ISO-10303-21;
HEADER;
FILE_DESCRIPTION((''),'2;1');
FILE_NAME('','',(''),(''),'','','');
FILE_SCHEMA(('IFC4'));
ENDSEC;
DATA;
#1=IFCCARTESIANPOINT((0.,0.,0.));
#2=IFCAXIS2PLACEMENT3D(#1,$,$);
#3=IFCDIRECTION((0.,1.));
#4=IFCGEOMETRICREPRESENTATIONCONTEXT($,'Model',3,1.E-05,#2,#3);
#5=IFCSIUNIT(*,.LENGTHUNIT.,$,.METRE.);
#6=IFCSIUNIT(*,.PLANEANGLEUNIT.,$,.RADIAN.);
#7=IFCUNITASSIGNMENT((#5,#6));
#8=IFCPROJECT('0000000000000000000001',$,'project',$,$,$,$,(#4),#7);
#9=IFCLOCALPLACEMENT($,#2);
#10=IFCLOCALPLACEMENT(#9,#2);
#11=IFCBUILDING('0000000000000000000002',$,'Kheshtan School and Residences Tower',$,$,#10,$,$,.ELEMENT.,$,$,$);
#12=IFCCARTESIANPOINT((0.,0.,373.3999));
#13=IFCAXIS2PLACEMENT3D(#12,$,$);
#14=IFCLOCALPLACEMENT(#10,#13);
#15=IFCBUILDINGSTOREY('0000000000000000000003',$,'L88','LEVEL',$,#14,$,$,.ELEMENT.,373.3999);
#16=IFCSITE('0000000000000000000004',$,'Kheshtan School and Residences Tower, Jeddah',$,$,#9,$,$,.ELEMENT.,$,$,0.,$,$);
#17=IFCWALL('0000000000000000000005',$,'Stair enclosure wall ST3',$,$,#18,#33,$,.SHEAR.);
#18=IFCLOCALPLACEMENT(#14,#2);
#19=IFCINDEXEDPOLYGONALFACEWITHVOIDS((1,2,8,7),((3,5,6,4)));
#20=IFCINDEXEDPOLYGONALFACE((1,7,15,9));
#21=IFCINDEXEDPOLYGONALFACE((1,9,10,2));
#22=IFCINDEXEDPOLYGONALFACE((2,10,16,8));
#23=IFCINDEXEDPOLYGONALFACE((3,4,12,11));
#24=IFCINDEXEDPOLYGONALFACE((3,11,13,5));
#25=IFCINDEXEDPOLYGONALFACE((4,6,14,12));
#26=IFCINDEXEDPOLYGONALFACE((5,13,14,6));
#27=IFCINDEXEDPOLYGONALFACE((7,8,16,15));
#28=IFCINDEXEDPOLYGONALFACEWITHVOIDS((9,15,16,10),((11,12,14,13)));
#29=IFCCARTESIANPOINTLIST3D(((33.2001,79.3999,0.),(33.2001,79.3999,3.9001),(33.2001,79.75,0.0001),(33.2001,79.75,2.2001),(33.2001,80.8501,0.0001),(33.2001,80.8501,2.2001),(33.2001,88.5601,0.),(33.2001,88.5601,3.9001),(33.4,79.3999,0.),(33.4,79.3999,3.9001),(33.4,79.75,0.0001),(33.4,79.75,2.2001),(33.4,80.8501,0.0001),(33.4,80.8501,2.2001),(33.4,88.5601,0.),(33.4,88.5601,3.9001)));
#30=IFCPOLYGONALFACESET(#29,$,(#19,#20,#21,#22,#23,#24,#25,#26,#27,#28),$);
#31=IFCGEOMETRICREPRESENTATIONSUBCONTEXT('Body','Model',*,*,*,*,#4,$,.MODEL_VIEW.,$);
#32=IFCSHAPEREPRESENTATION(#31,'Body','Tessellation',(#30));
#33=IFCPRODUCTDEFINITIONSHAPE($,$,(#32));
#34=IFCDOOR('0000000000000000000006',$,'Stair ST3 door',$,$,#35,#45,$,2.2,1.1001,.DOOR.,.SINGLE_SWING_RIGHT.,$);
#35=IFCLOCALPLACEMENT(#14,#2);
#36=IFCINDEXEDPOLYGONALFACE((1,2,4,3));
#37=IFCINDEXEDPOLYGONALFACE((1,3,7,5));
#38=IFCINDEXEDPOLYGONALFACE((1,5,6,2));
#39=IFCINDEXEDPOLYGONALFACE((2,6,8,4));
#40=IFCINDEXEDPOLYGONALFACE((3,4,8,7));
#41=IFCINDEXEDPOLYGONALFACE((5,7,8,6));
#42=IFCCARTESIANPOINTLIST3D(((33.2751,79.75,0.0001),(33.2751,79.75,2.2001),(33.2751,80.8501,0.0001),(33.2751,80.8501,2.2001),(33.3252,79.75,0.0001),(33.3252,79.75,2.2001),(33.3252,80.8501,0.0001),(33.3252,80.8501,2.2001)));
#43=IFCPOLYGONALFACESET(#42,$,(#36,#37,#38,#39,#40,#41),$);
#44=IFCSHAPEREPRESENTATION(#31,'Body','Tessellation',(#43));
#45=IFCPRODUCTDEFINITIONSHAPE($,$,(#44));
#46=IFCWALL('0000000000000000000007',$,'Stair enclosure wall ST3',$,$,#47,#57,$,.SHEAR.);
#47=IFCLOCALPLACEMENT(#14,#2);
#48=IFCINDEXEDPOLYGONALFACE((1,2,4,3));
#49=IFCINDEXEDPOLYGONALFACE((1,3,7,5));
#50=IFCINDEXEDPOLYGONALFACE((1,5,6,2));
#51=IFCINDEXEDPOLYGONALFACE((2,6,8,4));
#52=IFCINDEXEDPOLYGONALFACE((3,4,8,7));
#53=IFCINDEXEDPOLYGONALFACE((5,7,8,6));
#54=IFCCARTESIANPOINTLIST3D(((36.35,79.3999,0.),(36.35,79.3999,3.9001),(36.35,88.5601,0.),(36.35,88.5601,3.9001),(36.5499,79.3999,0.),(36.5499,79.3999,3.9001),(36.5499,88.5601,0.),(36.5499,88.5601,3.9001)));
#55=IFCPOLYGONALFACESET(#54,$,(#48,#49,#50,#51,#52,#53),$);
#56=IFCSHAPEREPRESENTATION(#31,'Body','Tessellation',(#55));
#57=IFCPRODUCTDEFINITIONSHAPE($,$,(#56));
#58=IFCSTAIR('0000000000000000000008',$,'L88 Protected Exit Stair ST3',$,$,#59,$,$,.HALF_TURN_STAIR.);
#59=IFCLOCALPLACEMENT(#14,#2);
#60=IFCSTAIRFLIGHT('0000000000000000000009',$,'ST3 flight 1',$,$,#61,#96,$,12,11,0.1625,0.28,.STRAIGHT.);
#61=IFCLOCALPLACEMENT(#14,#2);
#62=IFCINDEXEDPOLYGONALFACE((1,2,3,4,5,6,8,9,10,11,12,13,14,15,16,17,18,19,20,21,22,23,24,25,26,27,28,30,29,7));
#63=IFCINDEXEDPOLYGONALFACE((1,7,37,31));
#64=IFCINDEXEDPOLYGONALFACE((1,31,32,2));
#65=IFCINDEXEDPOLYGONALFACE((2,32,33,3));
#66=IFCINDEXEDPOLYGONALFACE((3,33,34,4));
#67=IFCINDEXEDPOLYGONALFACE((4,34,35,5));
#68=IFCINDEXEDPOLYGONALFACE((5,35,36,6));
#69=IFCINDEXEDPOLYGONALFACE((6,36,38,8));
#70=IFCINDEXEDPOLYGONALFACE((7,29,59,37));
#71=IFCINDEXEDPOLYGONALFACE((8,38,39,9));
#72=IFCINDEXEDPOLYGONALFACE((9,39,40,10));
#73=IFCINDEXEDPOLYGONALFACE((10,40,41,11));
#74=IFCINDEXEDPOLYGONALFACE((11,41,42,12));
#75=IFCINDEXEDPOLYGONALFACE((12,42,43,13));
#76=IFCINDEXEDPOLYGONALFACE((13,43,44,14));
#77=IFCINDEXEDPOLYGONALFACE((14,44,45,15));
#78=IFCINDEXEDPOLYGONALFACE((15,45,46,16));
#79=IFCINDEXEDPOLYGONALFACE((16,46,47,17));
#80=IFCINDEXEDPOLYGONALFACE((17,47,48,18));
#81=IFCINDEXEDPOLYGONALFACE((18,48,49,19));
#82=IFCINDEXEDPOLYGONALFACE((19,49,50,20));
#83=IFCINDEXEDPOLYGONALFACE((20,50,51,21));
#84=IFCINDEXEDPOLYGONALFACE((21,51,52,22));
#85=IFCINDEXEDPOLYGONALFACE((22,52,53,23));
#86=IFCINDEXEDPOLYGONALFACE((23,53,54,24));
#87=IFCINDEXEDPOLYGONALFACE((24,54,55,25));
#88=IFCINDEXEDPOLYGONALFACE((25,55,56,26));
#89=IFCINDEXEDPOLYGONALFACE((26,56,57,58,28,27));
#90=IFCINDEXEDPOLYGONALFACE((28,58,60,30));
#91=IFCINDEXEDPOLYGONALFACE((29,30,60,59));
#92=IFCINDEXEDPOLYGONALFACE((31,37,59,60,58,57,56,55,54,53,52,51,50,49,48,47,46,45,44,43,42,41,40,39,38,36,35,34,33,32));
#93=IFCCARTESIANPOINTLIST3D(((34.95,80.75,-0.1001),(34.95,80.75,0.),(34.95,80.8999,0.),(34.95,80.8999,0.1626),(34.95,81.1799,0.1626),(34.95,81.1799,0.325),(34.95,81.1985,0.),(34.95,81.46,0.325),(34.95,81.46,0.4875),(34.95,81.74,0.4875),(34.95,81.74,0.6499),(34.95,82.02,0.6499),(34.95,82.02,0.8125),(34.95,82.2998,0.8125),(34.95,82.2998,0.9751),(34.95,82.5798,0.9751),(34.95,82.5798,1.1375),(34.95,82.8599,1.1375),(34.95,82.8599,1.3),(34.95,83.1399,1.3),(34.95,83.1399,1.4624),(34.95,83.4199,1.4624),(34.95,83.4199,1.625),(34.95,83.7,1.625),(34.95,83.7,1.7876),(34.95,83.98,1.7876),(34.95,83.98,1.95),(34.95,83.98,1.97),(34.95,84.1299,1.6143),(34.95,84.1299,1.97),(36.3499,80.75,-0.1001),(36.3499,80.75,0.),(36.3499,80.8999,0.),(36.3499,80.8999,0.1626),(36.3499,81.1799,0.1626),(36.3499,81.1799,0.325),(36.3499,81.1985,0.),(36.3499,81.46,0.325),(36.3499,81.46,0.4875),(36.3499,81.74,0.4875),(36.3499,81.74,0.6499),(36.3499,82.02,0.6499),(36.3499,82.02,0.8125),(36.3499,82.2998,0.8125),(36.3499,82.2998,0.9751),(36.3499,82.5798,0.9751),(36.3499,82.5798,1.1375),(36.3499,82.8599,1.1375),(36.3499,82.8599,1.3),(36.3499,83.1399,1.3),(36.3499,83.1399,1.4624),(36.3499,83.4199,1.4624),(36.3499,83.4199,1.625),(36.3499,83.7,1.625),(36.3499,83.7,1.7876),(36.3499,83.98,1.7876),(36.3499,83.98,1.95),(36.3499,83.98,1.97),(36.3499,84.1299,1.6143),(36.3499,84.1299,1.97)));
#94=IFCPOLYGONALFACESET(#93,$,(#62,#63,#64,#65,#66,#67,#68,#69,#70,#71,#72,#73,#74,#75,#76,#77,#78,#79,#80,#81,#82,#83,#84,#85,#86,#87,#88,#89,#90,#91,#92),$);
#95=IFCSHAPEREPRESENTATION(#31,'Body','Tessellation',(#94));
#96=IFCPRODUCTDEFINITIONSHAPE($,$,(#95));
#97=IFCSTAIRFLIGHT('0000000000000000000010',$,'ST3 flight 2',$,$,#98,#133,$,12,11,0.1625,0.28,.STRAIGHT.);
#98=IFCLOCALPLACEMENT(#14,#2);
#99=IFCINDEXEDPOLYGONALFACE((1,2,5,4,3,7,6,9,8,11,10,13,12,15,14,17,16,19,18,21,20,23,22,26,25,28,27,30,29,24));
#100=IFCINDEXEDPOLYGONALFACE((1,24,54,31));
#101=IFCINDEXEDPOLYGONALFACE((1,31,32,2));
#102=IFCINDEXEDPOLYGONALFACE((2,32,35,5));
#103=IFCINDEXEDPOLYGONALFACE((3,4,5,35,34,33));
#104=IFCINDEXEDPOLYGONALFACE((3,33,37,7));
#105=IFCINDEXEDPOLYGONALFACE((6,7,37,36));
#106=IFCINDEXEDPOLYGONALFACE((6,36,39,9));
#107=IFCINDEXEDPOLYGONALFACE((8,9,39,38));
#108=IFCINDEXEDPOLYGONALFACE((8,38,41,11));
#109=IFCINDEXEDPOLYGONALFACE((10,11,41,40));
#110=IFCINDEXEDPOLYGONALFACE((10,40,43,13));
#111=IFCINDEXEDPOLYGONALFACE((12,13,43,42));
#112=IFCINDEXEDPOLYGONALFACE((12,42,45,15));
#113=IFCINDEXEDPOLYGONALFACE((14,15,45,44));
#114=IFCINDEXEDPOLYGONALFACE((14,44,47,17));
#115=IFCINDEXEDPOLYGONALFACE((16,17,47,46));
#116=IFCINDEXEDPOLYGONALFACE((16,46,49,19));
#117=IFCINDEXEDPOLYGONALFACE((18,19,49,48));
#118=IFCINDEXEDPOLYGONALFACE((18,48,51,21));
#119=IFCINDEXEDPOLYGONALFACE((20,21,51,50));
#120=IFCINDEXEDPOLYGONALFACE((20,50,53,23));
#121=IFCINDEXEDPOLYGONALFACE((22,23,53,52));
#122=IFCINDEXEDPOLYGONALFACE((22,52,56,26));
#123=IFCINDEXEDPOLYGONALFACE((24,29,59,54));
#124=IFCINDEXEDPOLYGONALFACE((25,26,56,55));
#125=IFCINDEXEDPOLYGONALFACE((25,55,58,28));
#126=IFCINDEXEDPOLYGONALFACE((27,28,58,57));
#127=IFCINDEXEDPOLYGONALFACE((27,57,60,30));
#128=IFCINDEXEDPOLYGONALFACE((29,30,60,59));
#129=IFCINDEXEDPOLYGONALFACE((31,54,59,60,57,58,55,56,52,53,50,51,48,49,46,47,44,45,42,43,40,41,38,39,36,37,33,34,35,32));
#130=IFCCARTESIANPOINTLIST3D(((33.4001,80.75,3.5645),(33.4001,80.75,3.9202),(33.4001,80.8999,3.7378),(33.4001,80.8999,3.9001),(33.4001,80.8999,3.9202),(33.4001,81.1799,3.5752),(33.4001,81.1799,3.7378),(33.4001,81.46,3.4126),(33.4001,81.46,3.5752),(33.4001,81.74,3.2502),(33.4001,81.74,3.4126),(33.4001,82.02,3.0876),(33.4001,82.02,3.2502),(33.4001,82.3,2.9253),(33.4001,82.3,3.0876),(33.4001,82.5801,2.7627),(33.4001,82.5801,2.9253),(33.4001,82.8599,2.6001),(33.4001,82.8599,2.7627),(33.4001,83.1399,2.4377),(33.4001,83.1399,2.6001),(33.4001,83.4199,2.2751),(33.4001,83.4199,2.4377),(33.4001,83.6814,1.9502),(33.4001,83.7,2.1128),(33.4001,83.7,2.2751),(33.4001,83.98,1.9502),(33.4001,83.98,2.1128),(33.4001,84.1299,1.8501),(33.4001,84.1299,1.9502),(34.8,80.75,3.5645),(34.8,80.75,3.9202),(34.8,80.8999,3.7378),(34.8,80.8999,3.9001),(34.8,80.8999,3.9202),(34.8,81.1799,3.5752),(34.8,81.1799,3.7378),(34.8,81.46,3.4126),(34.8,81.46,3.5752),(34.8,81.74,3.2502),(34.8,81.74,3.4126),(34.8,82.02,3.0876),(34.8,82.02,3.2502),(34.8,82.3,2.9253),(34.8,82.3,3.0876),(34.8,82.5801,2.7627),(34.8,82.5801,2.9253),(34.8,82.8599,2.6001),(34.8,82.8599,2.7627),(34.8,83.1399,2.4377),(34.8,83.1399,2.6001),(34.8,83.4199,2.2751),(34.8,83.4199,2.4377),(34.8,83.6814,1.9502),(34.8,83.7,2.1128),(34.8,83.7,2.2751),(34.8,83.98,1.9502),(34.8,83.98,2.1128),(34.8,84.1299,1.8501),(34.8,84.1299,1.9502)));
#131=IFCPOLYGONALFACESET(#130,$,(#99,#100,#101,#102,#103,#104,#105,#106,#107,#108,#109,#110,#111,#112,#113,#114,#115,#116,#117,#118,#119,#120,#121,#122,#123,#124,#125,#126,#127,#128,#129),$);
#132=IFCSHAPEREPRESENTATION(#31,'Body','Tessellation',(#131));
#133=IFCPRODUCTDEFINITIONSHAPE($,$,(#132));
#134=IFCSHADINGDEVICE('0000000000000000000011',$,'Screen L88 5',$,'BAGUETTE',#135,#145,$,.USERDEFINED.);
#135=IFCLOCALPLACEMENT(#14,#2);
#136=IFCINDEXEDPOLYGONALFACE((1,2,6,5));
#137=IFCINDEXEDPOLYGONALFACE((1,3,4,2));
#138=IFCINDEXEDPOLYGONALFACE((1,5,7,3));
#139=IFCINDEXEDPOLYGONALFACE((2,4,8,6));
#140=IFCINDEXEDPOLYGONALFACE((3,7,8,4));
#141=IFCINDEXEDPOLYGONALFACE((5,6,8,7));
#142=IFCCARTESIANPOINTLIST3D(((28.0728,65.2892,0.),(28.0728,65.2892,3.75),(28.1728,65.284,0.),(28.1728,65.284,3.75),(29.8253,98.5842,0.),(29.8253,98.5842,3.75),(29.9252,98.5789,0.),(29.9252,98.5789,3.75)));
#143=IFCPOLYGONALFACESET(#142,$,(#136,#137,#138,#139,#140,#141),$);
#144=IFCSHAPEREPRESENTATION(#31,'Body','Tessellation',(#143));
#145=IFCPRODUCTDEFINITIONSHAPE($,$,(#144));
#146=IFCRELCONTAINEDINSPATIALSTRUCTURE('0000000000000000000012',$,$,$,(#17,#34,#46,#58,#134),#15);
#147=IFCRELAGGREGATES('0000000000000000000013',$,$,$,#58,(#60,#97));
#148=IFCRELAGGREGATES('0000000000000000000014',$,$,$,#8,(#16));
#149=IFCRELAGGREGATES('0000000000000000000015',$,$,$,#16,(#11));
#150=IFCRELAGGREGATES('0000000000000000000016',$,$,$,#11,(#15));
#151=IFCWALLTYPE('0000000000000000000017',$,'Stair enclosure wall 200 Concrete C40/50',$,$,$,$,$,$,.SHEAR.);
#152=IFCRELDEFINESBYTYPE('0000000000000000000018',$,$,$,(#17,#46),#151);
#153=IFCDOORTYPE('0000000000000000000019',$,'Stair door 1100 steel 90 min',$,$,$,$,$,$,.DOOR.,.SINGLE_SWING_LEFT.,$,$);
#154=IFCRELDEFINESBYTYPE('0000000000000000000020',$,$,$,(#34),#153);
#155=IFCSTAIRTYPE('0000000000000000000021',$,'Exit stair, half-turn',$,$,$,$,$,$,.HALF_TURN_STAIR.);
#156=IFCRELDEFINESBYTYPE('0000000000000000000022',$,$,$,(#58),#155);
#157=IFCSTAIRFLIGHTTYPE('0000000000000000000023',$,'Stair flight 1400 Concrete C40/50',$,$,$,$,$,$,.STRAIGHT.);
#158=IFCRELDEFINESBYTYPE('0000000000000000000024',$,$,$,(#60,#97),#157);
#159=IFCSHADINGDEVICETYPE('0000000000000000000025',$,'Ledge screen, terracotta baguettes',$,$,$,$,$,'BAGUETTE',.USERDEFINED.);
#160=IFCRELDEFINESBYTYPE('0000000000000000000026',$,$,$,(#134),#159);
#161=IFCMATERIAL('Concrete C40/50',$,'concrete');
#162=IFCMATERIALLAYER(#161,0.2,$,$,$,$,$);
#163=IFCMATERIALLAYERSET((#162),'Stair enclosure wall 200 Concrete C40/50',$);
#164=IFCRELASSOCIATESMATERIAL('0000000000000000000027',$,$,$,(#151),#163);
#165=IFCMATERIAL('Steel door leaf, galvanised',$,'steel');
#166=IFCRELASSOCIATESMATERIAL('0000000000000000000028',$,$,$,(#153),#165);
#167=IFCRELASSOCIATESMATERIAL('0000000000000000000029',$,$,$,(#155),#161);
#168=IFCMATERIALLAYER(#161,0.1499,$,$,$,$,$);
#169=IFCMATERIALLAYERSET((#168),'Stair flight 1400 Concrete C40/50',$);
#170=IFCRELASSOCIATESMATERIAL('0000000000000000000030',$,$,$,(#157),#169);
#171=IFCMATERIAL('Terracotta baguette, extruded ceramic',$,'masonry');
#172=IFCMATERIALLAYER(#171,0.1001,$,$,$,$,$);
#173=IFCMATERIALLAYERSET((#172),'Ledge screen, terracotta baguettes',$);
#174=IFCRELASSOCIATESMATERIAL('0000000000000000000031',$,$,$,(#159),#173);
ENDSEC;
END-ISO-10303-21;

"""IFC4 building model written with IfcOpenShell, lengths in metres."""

from ifc_helpers import new_model, si_unit, direction, frame, frame_2d, origin, origin_2d, place, context, subcontext, project, spatial, polyline, rectangle, outline, extrude, source, transform, mapped, material, layer, layer_set, type_object, element, fill, aggregate, save


model = new_model("IFC4")

# Units and contexts
model_context = context("Model", 3, precision=1e-05, world=origin(), true_north=direction((0.0, 1.0)))
body_context = subcontext(model_context, "Body", "Model", "MODEL_VIEW")
ifc_project = project(units=[si_unit("LENGTHUNIT", "METRE"), si_unit("PLANEANGLEUNIT", "RADIAN")], contexts=[model_context])

# Site, building, storey
site_placement = place(None, origin())
site = spatial("IfcSite", under=ifc_project, at=site_placement, Name="Kheshtan School and Residences Tower, Jeddah", CompositionType="ELEMENT", RefElevation=0.0)
building_placement = place(site_placement, origin())
building = spatial("IfcBuilding", under=site, at=building_placement, Name="Kheshtan School and Residences Tower", CompositionType="ELEMENT")
storey_placement = place(building_placement, frame((0.0, 0.0, 373.3999)))
storey = spatial("IfcBuildingStorey", under=building, at=storey_placement, Name="L88", Description="LEVEL", CompositionType="ELEMENT", Elevation=373.3999)

# Shared definitions
ifc_material_1 = material(Name="Concrete C40/50", Category="concrete")
ifc_layer_1 = layer(ifc_material_1, 0.2)
ifc_layer_set_1 = layer_set([ifc_layer_1], Name="Stair enclosure wall 200 Concrete C40/50")
wall_type_1 = type_object("IfcWallType", Name="Stair enclosure wall 200 Concrete C40/50", PredefinedType="SHEAR", material=ifc_layer_set_1)

# Wall, opening, door
wall_1_placement = place(storey_placement, frame((33.3, 79.3999, 0.0), z_axis=(0.0, 0.0, 1.0), x_axis=(0.0, 1.0, 0.0)))
wall_1 = element("IfcWall", 1, at=wall_1_placement, inside=storey, type_object=wall_type_1, Name="Stair enclosure wall ST3", PredefinedType="SHEAR", context=body_context, shape_type="SweptSolid", body=[
    extrude(rectangle(XDim=9.1602, YDim=0.2, at=frame_2d((4.5801, 0.0))), origin(), (0.0, 0.0, 1.0), 3.9001),
])
opening_1_placement = place(wall_1_placement, frame((0.3501, 0.0, 0.0)))
opening_1 = element("IfcOpeningElement", 2, at=opening_1_placement, cuts=wall_1, PredefinedType="OPENING", context=body_context, shape_type="SweptSolid", body=[
    extrude(rectangle(XDim=1.1001, YDim=2.2, at=frame_2d((0.55, 1.1001))), frame((0.0, 0.1099, 0.0), z_axis=(0.0, -1.0, 0.0), x_axis=(1.0, 0.0, 0.0)), (0.0, 0.0, 1.0), 0.22),
])
ifc_material_2 = material(Name="Steel door leaf, galvanised", Category="steel")
door_type_1 = type_object("IfcDoorType", Name="Stair door 1100 steel 90 min", OperationType="SINGLE_SWING_LEFT", PredefinedType="DOOR", material=ifc_material_2)
shared_shape_1 = source(origin(), body_context, "Body", "SweptSolid", [
    extrude(rectangle(XDim=1.1001, YDim=2.2, at=frame_2d((0.55, 1.1001))), frame((0.0, 0.0249, 0.0), z_axis=(0.0, -1.0, 0.0), x_axis=(1.0, 0.0, 0.0)), (0.0, 0.0, 1.0), 0.05),
])
door_1_placement = place(opening_1_placement, origin())
door_1 = element("IfcDoor", 3, at=door_1_placement, inside=storey, type_object=door_type_1, Name="Stair ST3 door", OperationType="SINGLE_SWING_RIGHT", OverallHeight=2.2, OverallWidth=1.1001, PredefinedType="DOOR", context=body_context, shape_type="MappedRepresentation", body=[
    mapped(shared_shape_1, transform((0.0, 0.0, 0.0), x_axis=(1.0, 0.0, 0.0), y_axis=(0.0, 1.0, 0.0), z_axis=(0.0, 0.0, 1.0), scale=1.0)),
])
fill(opening_1, door_1)

# Wall
wall_2_placement = place(storey_placement, frame((36.45, 79.3999, 0.0), z_axis=(0.0, 0.0, 1.0), x_axis=(0.0, 1.0, 0.0)))
element("IfcWall", 4, at=wall_2_placement, inside=storey, type_object=wall_type_1, Name="Stair enclosure wall ST3", PredefinedType="SHEAR", context=body_context, shape_type="SweptSolid", body=[
    extrude(rectangle(XDim=9.1602, YDim=0.2, at=frame_2d((4.5801, 0.0))), origin(), (0.0, 0.0, 1.0), 3.9001),
])

# Stair, stair flights
stair_type = type_object("IfcStairType", Name="Exit stair, half-turn", PredefinedType="HALF_TURN_STAIR", material=ifc_material_1)
stair_placement = place(storey_placement, origin())
stair = element("IfcStair", 5, at=stair_placement, inside=storey, type_object=stair_type, Name="L88 Protected Exit Stair ST3", PredefinedType="HALF_TURN_STAIR")
ifc_layer_2 = layer(ifc_material_1, 0.1499)
ifc_layer_set_2 = layer_set([ifc_layer_2], Name="Stair flight 1400 Concrete C40/50")
stair_flight_type = type_object("IfcStairFlightType", Name="Stair flight 1400 Concrete C40/50", PredefinedType="STRAIGHT", material=ifc_layer_set_2)
stair_flight_1_placement = place(storey_placement, frame((35.6499, 80.8999, 0.0), z_axis=(0.0, 0.0, 1.0), x_axis=(0.0, 1.0, 0.0)))
stair_flight_1 = element("IfcStairFlight", 6, at=stair_flight_1_placement, type_object=stair_flight_type, Name="ST3 flight 1", NumberOfRisers=12, NumberOfTreads=11, PredefinedType="STRAIGHT", RiserHeight=0.1625, TreadLength=0.28, context=body_context, shape_type="SweptSolid", body=[
    extrude(outline(polyline([(-0.1499, -0.1001), (-0.1499, 0.0), (0.0, 0.0), (0.0, 0.1626), (0.28, 0.1626), (0.28, 0.325), (0.5601, 0.325), (0.5601, 0.4875), (0.8401, 0.4875), (0.8401, 0.6499), (1.1201, 0.6499), (1.1201, 0.8125), (1.3999, 0.8125), (1.3999, 0.9751), (1.6799, 0.9751), (1.6799, 1.1375), (1.96, 1.1375), (1.96, 1.3), (2.24, 1.3), (2.24, 1.4624), (2.52, 1.4624), (2.52, 1.625), (2.8, 1.625), (2.8, 1.7876), (3.0801, 1.7876), (3.0801, 1.95), (3.0801, 1.97), (3.23, 1.97), (3.23, 1.6143), (0.2986, 0.0), (-0.1499, -0.1001)])), frame((0.0, 0.7, 0.0), z_axis=(0.0, -1.0, 0.0), x_axis=(1.0, 0.0, 0.0)), (0.0, 0.0, 1.0), 1.3999),
])
stair_flight_2_placement = place(storey_placement, frame((34.1001, 83.98, 1.9502), z_axis=(0.0, 0.0, 1.0), x_axis=(0.0, -1.0, 0.0)))
stair_flight_2 = element("IfcStairFlight", 7, at=stair_flight_2_placement, type_object=stair_flight_type, Name="ST3 flight 2", NumberOfRisers=12, NumberOfTreads=11, PredefinedType="STRAIGHT", RiserHeight=0.1625, TreadLength=0.28, context=body_context, shape_type="SweptSolid", body=[
    extrude(outline(polyline([(-0.1499, -0.1001), (-0.1499, 0.0), (0.0, 0.0), (0.0, 0.1626), (0.28, 0.1626), (0.28, 0.325), (0.5601, 0.325), (0.5601, 0.4875), (0.8401, 0.4875), (0.8401, 0.6499), (1.1201, 0.6499), (1.1201, 0.8125), (1.3999, 0.8125), (1.3999, 0.9751), (1.6799, 0.9751), (1.6799, 1.1375), (1.96, 1.1375), (1.96, 1.3), (2.24, 1.3), (2.24, 1.4624), (2.52, 1.4624), (2.52, 1.625), (2.8, 1.625), (2.8, 1.7876), (3.0801, 1.7876), (3.0801, 1.95), (3.0801, 1.97), (3.23, 1.97), (3.23, 1.6143), (0.2986, 0.0), (-0.1499, -0.1001)])), frame((0.0, 0.7, 0.0), z_axis=(0.0, -1.0, 0.0), x_axis=(1.0, 0.0, 0.0)), (0.0, 0.0, 1.0), 1.3999),
])
aggregate(stair, [stair_flight_1, stair_flight_2])

# Shading device
ifc_material_3 = material(Name="Terracotta baguette, extruded ceramic", Category="masonry")
ifc_layer_3 = layer(ifc_material_3, 0.1001)
ifc_layer_set_3 = layer_set([ifc_layer_3], Name="Ledge screen, terracotta baguettes")
shading_device_type = type_object("IfcShadingDeviceType", Name="Ledge screen, terracotta baguettes", ElementType="BAGUETTE", PredefinedType="USERDEFINED", material=ifc_layer_set_3)
shading_device_placement = place(storey_placement, frame((28.999, 81.9341, 0.0), z_axis=(0.0, 0.0, 1.0), x_axis=(0.052563, 0.998618, 0.0)))
element("IfcShadingDevice", 8, at=shading_device_placement, inside=storey, type_object=shading_device_type, Name="Screen L88 5", ObjectType="BAGUETTE", PredefinedType="USERDEFINED", context=body_context, shape_type="SweptSolid", body=[
    extrude(rectangle(XDim=33.3411, YDim=0.1001, at=origin_2d()), origin(), (0.0, 0.0, 1.0), 3.75),
])

save(model, "model.ifc")
